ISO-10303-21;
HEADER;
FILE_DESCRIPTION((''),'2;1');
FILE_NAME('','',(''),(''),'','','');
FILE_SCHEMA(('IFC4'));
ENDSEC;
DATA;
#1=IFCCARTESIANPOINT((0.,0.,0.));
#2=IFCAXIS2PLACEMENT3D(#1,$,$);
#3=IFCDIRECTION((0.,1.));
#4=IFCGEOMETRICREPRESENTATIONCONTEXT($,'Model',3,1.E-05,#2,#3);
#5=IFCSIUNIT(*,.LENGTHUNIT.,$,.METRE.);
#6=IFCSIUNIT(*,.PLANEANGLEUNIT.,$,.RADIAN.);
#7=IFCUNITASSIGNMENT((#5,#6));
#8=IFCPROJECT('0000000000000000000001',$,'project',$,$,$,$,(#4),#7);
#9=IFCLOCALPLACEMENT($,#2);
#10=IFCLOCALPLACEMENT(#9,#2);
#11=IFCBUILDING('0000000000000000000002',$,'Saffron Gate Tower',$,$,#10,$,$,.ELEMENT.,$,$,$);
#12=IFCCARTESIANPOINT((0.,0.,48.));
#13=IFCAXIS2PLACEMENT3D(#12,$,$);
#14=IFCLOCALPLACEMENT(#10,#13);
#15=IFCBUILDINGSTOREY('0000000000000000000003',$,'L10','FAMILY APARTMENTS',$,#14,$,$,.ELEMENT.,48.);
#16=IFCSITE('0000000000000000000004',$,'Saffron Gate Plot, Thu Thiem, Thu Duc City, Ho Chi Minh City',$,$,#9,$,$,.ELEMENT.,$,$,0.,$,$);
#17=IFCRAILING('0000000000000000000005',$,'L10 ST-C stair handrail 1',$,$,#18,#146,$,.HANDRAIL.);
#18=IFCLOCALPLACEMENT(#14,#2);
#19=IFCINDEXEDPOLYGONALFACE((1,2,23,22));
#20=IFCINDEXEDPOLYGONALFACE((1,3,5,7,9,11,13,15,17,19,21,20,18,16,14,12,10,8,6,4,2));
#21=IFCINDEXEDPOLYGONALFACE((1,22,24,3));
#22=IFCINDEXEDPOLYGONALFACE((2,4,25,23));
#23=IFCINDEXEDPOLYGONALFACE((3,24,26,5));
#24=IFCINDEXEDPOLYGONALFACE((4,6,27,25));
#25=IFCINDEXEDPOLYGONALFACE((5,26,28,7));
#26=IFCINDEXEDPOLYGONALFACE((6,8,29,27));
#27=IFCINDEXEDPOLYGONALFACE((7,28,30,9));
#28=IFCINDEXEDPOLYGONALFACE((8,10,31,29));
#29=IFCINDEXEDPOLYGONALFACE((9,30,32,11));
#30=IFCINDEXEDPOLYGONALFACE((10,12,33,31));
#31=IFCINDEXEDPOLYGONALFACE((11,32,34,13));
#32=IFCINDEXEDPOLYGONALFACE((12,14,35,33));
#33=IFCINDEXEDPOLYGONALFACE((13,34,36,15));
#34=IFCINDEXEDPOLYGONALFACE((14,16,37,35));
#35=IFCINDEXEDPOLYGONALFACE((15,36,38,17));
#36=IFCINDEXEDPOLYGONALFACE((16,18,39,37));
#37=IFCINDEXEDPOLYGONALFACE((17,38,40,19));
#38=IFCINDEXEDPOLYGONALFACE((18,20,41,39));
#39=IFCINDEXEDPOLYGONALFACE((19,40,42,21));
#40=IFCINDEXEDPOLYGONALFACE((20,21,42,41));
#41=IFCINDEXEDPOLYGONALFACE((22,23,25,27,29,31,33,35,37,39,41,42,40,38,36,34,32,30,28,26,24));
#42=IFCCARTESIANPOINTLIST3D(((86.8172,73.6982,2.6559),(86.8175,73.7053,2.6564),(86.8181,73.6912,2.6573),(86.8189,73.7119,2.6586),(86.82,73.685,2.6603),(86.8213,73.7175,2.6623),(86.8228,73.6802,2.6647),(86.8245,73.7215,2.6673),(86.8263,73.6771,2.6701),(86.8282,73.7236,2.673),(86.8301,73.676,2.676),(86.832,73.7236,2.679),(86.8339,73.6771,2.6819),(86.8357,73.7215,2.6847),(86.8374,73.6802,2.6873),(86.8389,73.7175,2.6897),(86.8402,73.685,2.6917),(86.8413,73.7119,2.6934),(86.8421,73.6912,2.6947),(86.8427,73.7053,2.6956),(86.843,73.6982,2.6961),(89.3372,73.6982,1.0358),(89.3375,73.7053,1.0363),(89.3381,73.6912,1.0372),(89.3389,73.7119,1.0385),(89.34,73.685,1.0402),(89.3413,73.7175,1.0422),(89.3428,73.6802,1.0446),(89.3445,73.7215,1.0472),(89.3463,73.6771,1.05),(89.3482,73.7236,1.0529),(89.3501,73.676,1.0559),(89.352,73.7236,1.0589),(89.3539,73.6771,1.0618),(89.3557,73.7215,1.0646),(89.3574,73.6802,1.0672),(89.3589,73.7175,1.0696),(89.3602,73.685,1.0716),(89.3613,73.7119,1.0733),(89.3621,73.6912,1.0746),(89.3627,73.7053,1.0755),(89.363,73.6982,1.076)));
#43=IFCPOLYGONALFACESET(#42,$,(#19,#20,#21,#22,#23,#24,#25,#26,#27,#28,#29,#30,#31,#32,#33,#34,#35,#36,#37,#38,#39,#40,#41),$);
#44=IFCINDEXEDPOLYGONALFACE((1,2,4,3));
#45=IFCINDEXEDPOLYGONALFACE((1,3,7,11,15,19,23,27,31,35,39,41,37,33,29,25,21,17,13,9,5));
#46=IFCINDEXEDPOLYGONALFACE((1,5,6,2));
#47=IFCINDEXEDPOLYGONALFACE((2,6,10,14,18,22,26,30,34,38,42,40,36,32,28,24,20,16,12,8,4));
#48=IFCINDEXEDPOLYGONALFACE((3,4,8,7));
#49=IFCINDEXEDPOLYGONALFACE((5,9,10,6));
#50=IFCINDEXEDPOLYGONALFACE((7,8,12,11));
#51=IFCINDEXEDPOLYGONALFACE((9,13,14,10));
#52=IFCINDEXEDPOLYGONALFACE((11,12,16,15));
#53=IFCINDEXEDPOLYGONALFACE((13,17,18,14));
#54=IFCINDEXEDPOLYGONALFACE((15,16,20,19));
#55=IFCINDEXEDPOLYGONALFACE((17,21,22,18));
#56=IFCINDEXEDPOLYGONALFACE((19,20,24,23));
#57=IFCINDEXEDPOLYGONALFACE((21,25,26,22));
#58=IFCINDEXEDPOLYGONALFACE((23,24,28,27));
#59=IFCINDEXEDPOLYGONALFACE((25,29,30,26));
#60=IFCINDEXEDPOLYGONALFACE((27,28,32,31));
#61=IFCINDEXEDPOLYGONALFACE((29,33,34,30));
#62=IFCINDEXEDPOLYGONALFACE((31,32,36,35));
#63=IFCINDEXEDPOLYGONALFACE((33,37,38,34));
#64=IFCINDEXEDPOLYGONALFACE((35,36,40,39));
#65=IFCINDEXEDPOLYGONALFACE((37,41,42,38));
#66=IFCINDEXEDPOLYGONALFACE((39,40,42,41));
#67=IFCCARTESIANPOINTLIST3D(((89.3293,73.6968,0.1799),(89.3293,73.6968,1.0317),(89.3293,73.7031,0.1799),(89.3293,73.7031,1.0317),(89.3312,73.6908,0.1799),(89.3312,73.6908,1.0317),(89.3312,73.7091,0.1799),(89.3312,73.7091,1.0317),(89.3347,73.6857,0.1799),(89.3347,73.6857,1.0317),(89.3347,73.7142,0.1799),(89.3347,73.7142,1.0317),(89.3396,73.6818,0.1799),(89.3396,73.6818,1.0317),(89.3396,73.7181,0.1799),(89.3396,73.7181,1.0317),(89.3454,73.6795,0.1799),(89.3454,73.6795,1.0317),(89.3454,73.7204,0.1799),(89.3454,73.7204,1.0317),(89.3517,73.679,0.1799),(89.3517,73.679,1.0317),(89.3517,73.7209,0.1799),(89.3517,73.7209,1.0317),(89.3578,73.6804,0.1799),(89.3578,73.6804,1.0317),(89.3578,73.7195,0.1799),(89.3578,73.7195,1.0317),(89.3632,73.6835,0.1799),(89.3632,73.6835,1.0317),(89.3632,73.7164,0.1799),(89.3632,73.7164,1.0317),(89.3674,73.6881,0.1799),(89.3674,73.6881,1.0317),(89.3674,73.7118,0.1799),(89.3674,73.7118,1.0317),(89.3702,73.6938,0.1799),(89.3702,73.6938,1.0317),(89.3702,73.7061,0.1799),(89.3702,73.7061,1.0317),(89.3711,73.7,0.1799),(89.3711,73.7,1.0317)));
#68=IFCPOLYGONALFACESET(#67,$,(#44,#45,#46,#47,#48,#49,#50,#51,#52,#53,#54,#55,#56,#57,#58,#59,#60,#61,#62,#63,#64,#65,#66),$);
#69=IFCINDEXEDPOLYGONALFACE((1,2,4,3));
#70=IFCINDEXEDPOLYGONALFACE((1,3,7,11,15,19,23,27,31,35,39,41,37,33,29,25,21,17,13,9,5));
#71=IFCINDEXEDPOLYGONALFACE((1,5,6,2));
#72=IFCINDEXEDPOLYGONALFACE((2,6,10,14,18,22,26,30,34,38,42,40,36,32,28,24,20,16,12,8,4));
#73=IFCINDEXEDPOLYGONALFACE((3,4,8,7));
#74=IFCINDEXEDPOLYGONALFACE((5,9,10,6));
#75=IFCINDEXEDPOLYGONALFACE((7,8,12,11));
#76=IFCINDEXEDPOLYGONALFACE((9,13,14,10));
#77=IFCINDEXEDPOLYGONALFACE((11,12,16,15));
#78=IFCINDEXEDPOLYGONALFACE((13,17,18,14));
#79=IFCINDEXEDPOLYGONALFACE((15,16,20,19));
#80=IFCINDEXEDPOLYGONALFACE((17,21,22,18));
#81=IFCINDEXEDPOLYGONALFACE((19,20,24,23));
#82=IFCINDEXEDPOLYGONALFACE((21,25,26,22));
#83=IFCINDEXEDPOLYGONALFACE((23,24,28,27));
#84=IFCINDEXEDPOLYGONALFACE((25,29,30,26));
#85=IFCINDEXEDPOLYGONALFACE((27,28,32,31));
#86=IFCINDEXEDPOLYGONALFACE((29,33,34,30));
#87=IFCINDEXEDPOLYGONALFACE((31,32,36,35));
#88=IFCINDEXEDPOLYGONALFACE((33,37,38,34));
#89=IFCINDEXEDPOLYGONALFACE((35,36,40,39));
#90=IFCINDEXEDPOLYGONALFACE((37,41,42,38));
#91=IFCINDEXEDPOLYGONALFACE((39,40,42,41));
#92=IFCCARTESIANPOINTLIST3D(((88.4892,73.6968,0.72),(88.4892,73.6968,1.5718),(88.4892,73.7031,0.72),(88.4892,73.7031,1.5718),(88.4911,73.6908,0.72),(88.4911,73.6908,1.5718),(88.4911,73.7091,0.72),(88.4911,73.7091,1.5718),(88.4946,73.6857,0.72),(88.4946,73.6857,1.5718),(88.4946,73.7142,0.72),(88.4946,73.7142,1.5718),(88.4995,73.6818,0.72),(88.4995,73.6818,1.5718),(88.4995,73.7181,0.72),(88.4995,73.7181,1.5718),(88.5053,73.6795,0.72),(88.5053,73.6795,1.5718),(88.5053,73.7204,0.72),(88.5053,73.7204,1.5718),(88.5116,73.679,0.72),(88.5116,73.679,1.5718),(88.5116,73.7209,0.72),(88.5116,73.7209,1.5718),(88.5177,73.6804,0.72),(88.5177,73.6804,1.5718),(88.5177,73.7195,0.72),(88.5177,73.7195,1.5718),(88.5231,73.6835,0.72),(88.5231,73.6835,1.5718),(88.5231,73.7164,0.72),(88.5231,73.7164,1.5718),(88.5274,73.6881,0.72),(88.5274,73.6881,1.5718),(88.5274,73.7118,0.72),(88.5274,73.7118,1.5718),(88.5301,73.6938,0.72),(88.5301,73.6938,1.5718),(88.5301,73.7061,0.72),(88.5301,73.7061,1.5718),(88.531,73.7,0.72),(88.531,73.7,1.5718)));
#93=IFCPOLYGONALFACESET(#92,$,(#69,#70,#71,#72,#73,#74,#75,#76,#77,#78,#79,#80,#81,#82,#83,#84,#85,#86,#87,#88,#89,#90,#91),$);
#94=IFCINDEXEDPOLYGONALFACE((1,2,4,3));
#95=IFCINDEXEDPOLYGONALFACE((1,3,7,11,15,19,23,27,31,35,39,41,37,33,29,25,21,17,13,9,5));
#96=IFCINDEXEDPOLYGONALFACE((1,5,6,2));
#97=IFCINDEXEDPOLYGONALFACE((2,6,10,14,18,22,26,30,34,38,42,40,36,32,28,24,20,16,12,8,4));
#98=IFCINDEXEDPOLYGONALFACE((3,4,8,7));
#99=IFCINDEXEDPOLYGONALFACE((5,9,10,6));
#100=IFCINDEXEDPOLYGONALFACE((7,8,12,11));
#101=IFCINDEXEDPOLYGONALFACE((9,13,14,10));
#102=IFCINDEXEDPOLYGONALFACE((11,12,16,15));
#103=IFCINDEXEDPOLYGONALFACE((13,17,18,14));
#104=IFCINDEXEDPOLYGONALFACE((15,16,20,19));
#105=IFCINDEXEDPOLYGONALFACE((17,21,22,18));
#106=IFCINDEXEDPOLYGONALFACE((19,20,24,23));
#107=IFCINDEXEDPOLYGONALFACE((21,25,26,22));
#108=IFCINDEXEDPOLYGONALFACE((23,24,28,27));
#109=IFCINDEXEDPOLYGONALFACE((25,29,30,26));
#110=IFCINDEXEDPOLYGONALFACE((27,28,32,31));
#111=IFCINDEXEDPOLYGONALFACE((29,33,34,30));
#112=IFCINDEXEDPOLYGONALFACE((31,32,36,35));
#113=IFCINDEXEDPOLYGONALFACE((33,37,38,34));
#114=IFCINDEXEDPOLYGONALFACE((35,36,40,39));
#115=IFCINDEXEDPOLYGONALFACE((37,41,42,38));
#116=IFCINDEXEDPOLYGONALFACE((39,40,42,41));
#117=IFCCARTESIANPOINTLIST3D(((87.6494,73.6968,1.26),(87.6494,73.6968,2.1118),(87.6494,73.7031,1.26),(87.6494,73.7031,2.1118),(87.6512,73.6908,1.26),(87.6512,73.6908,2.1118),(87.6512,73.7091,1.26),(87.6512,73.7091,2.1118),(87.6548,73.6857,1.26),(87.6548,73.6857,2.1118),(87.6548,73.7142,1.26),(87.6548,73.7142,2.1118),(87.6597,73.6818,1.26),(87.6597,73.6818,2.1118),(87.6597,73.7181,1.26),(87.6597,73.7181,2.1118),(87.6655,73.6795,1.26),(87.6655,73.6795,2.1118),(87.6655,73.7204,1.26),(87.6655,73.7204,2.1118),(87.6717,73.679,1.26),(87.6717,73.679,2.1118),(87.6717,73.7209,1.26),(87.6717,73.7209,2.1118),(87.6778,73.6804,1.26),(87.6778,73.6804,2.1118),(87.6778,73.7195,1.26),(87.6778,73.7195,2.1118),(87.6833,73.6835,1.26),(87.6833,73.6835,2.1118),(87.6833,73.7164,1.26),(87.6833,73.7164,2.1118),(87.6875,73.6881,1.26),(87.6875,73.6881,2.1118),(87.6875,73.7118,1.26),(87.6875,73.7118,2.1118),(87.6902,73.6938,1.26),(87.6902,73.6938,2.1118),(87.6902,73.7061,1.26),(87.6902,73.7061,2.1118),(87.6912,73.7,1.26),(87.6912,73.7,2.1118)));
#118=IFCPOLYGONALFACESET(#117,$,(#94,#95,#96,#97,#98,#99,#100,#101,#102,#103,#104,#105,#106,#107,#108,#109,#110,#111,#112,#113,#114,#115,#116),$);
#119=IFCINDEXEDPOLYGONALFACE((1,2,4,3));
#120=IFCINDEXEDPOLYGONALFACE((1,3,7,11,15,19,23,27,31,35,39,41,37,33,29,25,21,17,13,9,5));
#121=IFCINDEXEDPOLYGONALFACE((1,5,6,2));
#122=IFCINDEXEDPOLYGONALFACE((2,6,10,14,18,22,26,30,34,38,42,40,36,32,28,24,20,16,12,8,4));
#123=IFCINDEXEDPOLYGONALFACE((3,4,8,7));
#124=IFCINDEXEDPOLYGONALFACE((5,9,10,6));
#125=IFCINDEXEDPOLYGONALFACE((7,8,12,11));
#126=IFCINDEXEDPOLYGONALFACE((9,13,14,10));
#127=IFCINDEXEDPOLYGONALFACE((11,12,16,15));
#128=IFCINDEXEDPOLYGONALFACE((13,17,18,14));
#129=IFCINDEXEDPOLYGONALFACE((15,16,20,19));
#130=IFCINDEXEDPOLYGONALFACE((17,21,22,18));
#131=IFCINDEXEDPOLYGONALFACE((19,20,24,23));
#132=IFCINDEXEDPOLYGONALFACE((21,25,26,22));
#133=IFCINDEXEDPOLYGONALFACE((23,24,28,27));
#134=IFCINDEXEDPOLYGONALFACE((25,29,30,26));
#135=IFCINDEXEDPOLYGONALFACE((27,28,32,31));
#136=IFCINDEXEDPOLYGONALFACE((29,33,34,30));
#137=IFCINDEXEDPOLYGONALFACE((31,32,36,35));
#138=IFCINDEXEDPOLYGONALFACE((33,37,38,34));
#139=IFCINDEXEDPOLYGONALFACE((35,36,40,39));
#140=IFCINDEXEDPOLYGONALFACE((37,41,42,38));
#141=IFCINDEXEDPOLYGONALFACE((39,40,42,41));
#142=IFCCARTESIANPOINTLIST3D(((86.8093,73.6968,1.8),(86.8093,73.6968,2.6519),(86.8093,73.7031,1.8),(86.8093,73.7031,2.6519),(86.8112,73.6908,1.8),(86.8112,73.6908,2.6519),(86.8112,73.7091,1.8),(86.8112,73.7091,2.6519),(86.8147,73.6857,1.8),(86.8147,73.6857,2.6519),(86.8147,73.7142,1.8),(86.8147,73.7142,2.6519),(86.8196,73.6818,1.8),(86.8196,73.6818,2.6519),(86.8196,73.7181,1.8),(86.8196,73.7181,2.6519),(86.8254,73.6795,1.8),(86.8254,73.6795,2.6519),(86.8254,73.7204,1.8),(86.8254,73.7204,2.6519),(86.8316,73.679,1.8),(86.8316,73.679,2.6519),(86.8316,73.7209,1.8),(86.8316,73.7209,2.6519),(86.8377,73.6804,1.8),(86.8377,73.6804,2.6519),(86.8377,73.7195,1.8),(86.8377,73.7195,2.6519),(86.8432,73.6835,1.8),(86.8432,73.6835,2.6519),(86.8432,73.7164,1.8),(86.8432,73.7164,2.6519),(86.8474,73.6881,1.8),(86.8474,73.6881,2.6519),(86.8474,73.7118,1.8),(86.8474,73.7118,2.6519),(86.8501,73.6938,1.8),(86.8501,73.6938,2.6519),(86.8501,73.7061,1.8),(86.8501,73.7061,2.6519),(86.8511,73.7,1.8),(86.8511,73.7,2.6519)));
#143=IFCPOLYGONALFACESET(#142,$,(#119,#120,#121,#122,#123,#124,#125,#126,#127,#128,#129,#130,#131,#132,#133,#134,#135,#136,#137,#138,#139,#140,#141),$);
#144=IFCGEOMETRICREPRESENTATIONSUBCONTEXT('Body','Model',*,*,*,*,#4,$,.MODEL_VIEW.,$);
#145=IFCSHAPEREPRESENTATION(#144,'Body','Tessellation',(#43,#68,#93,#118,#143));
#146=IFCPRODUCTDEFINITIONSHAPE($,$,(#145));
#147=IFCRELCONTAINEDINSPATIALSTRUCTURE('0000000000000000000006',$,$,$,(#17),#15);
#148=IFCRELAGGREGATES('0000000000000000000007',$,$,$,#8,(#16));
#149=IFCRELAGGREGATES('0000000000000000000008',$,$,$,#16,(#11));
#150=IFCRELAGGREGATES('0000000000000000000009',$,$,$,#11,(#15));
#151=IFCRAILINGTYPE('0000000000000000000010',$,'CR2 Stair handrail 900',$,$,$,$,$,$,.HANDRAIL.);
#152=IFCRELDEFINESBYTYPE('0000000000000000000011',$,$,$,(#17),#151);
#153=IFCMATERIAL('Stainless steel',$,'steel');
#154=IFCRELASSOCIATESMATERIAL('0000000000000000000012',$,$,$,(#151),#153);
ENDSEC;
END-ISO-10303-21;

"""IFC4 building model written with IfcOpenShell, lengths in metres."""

from ifc_helpers import new_model, si_unit, direction, frame, origin, origin_2d, place, context, subcontext, project, spatial, circle, extrude, material, type_object, element, save


model = new_model("IFC4")

# Units and contexts
model_context = context("Model", 3, precision=1e-05, world=origin(), true_north=direction((0.0, 1.0)))
body_context = subcontext(model_context, "Body", "Model", "MODEL_VIEW")
ifc_project = project(units=[si_unit("LENGTHUNIT", "METRE"), si_unit("PLANEANGLEUNIT", "RADIAN")], contexts=[model_context])

# Site, building, storey
site_placement = place(None, origin())
site = spatial("IfcSite", under=ifc_project, at=site_placement, Name="Saffron Gate Plot, Thu Thiem, Thu Duc City, Ho Chi Minh City", CompositionType="ELEMENT", RefElevation=0.0)
building_placement = place(site_placement, origin())
building = spatial("IfcBuilding", under=site, at=building_placement, Name="Saffron Gate Tower", CompositionType="ELEMENT")
storey_placement = place(building_placement, frame((0.0, 0.0, 48.0)))
storey = spatial("IfcBuildingStorey", under=building, at=storey_placement, Name="L10", Description="FAMILY APARTMENTS", CompositionType="ELEMENT", Elevation=48.0)

# Railing
ifc_material_1 = material(Name="Stainless steel", Category="steel")
railing_type_1 = type_object("IfcRailingType", Name="CR2 Stair handrail 900", PredefinedType="HANDRAIL", material=ifc_material_1)
railing_1_placement = place(storey_placement, frame((89.3501, 73.7, 0.1799)))
element("IfcRailing", 1, at=railing_1_placement, inside=storey, type_object=railing_type_1, Name="L10 ST-C stair handrail 1", PredefinedType="HANDRAIL", context=body_context, shape_type="SweptSolid", body=[
    extrude(circle(Radius=0.0239, at=origin_2d()), frame((0.0, 0.0, 0.876), z_axis=(-0.841163, 0.0, 0.540782), x_axis=(0.0, -1.0, 0.0)), (0.0, 0.0, 1.0), 2.9958),
    extrude(circle(Radius=0.021, at=origin_2d()), origin(), (0.0, 0.0, 1.0), 0.8518),
    extrude(circle(Radius=0.021, at=origin_2d()), frame((-0.8401, 0.0, 0.54)), (0.0, 0.0, 1.0), 0.8518),
    extrude(circle(Radius=0.021, at=origin_2d()), frame((-1.6799, 0.0, 1.0801)), (0.0, 0.0, 1.0), 0.8518),
    extrude(circle(Radius=0.021, at=origin_2d()), frame((-2.52, 0.0, 1.6201)), (0.0, 0.0, 1.0), 0.8518),
])

save(model, "model.ifc")
